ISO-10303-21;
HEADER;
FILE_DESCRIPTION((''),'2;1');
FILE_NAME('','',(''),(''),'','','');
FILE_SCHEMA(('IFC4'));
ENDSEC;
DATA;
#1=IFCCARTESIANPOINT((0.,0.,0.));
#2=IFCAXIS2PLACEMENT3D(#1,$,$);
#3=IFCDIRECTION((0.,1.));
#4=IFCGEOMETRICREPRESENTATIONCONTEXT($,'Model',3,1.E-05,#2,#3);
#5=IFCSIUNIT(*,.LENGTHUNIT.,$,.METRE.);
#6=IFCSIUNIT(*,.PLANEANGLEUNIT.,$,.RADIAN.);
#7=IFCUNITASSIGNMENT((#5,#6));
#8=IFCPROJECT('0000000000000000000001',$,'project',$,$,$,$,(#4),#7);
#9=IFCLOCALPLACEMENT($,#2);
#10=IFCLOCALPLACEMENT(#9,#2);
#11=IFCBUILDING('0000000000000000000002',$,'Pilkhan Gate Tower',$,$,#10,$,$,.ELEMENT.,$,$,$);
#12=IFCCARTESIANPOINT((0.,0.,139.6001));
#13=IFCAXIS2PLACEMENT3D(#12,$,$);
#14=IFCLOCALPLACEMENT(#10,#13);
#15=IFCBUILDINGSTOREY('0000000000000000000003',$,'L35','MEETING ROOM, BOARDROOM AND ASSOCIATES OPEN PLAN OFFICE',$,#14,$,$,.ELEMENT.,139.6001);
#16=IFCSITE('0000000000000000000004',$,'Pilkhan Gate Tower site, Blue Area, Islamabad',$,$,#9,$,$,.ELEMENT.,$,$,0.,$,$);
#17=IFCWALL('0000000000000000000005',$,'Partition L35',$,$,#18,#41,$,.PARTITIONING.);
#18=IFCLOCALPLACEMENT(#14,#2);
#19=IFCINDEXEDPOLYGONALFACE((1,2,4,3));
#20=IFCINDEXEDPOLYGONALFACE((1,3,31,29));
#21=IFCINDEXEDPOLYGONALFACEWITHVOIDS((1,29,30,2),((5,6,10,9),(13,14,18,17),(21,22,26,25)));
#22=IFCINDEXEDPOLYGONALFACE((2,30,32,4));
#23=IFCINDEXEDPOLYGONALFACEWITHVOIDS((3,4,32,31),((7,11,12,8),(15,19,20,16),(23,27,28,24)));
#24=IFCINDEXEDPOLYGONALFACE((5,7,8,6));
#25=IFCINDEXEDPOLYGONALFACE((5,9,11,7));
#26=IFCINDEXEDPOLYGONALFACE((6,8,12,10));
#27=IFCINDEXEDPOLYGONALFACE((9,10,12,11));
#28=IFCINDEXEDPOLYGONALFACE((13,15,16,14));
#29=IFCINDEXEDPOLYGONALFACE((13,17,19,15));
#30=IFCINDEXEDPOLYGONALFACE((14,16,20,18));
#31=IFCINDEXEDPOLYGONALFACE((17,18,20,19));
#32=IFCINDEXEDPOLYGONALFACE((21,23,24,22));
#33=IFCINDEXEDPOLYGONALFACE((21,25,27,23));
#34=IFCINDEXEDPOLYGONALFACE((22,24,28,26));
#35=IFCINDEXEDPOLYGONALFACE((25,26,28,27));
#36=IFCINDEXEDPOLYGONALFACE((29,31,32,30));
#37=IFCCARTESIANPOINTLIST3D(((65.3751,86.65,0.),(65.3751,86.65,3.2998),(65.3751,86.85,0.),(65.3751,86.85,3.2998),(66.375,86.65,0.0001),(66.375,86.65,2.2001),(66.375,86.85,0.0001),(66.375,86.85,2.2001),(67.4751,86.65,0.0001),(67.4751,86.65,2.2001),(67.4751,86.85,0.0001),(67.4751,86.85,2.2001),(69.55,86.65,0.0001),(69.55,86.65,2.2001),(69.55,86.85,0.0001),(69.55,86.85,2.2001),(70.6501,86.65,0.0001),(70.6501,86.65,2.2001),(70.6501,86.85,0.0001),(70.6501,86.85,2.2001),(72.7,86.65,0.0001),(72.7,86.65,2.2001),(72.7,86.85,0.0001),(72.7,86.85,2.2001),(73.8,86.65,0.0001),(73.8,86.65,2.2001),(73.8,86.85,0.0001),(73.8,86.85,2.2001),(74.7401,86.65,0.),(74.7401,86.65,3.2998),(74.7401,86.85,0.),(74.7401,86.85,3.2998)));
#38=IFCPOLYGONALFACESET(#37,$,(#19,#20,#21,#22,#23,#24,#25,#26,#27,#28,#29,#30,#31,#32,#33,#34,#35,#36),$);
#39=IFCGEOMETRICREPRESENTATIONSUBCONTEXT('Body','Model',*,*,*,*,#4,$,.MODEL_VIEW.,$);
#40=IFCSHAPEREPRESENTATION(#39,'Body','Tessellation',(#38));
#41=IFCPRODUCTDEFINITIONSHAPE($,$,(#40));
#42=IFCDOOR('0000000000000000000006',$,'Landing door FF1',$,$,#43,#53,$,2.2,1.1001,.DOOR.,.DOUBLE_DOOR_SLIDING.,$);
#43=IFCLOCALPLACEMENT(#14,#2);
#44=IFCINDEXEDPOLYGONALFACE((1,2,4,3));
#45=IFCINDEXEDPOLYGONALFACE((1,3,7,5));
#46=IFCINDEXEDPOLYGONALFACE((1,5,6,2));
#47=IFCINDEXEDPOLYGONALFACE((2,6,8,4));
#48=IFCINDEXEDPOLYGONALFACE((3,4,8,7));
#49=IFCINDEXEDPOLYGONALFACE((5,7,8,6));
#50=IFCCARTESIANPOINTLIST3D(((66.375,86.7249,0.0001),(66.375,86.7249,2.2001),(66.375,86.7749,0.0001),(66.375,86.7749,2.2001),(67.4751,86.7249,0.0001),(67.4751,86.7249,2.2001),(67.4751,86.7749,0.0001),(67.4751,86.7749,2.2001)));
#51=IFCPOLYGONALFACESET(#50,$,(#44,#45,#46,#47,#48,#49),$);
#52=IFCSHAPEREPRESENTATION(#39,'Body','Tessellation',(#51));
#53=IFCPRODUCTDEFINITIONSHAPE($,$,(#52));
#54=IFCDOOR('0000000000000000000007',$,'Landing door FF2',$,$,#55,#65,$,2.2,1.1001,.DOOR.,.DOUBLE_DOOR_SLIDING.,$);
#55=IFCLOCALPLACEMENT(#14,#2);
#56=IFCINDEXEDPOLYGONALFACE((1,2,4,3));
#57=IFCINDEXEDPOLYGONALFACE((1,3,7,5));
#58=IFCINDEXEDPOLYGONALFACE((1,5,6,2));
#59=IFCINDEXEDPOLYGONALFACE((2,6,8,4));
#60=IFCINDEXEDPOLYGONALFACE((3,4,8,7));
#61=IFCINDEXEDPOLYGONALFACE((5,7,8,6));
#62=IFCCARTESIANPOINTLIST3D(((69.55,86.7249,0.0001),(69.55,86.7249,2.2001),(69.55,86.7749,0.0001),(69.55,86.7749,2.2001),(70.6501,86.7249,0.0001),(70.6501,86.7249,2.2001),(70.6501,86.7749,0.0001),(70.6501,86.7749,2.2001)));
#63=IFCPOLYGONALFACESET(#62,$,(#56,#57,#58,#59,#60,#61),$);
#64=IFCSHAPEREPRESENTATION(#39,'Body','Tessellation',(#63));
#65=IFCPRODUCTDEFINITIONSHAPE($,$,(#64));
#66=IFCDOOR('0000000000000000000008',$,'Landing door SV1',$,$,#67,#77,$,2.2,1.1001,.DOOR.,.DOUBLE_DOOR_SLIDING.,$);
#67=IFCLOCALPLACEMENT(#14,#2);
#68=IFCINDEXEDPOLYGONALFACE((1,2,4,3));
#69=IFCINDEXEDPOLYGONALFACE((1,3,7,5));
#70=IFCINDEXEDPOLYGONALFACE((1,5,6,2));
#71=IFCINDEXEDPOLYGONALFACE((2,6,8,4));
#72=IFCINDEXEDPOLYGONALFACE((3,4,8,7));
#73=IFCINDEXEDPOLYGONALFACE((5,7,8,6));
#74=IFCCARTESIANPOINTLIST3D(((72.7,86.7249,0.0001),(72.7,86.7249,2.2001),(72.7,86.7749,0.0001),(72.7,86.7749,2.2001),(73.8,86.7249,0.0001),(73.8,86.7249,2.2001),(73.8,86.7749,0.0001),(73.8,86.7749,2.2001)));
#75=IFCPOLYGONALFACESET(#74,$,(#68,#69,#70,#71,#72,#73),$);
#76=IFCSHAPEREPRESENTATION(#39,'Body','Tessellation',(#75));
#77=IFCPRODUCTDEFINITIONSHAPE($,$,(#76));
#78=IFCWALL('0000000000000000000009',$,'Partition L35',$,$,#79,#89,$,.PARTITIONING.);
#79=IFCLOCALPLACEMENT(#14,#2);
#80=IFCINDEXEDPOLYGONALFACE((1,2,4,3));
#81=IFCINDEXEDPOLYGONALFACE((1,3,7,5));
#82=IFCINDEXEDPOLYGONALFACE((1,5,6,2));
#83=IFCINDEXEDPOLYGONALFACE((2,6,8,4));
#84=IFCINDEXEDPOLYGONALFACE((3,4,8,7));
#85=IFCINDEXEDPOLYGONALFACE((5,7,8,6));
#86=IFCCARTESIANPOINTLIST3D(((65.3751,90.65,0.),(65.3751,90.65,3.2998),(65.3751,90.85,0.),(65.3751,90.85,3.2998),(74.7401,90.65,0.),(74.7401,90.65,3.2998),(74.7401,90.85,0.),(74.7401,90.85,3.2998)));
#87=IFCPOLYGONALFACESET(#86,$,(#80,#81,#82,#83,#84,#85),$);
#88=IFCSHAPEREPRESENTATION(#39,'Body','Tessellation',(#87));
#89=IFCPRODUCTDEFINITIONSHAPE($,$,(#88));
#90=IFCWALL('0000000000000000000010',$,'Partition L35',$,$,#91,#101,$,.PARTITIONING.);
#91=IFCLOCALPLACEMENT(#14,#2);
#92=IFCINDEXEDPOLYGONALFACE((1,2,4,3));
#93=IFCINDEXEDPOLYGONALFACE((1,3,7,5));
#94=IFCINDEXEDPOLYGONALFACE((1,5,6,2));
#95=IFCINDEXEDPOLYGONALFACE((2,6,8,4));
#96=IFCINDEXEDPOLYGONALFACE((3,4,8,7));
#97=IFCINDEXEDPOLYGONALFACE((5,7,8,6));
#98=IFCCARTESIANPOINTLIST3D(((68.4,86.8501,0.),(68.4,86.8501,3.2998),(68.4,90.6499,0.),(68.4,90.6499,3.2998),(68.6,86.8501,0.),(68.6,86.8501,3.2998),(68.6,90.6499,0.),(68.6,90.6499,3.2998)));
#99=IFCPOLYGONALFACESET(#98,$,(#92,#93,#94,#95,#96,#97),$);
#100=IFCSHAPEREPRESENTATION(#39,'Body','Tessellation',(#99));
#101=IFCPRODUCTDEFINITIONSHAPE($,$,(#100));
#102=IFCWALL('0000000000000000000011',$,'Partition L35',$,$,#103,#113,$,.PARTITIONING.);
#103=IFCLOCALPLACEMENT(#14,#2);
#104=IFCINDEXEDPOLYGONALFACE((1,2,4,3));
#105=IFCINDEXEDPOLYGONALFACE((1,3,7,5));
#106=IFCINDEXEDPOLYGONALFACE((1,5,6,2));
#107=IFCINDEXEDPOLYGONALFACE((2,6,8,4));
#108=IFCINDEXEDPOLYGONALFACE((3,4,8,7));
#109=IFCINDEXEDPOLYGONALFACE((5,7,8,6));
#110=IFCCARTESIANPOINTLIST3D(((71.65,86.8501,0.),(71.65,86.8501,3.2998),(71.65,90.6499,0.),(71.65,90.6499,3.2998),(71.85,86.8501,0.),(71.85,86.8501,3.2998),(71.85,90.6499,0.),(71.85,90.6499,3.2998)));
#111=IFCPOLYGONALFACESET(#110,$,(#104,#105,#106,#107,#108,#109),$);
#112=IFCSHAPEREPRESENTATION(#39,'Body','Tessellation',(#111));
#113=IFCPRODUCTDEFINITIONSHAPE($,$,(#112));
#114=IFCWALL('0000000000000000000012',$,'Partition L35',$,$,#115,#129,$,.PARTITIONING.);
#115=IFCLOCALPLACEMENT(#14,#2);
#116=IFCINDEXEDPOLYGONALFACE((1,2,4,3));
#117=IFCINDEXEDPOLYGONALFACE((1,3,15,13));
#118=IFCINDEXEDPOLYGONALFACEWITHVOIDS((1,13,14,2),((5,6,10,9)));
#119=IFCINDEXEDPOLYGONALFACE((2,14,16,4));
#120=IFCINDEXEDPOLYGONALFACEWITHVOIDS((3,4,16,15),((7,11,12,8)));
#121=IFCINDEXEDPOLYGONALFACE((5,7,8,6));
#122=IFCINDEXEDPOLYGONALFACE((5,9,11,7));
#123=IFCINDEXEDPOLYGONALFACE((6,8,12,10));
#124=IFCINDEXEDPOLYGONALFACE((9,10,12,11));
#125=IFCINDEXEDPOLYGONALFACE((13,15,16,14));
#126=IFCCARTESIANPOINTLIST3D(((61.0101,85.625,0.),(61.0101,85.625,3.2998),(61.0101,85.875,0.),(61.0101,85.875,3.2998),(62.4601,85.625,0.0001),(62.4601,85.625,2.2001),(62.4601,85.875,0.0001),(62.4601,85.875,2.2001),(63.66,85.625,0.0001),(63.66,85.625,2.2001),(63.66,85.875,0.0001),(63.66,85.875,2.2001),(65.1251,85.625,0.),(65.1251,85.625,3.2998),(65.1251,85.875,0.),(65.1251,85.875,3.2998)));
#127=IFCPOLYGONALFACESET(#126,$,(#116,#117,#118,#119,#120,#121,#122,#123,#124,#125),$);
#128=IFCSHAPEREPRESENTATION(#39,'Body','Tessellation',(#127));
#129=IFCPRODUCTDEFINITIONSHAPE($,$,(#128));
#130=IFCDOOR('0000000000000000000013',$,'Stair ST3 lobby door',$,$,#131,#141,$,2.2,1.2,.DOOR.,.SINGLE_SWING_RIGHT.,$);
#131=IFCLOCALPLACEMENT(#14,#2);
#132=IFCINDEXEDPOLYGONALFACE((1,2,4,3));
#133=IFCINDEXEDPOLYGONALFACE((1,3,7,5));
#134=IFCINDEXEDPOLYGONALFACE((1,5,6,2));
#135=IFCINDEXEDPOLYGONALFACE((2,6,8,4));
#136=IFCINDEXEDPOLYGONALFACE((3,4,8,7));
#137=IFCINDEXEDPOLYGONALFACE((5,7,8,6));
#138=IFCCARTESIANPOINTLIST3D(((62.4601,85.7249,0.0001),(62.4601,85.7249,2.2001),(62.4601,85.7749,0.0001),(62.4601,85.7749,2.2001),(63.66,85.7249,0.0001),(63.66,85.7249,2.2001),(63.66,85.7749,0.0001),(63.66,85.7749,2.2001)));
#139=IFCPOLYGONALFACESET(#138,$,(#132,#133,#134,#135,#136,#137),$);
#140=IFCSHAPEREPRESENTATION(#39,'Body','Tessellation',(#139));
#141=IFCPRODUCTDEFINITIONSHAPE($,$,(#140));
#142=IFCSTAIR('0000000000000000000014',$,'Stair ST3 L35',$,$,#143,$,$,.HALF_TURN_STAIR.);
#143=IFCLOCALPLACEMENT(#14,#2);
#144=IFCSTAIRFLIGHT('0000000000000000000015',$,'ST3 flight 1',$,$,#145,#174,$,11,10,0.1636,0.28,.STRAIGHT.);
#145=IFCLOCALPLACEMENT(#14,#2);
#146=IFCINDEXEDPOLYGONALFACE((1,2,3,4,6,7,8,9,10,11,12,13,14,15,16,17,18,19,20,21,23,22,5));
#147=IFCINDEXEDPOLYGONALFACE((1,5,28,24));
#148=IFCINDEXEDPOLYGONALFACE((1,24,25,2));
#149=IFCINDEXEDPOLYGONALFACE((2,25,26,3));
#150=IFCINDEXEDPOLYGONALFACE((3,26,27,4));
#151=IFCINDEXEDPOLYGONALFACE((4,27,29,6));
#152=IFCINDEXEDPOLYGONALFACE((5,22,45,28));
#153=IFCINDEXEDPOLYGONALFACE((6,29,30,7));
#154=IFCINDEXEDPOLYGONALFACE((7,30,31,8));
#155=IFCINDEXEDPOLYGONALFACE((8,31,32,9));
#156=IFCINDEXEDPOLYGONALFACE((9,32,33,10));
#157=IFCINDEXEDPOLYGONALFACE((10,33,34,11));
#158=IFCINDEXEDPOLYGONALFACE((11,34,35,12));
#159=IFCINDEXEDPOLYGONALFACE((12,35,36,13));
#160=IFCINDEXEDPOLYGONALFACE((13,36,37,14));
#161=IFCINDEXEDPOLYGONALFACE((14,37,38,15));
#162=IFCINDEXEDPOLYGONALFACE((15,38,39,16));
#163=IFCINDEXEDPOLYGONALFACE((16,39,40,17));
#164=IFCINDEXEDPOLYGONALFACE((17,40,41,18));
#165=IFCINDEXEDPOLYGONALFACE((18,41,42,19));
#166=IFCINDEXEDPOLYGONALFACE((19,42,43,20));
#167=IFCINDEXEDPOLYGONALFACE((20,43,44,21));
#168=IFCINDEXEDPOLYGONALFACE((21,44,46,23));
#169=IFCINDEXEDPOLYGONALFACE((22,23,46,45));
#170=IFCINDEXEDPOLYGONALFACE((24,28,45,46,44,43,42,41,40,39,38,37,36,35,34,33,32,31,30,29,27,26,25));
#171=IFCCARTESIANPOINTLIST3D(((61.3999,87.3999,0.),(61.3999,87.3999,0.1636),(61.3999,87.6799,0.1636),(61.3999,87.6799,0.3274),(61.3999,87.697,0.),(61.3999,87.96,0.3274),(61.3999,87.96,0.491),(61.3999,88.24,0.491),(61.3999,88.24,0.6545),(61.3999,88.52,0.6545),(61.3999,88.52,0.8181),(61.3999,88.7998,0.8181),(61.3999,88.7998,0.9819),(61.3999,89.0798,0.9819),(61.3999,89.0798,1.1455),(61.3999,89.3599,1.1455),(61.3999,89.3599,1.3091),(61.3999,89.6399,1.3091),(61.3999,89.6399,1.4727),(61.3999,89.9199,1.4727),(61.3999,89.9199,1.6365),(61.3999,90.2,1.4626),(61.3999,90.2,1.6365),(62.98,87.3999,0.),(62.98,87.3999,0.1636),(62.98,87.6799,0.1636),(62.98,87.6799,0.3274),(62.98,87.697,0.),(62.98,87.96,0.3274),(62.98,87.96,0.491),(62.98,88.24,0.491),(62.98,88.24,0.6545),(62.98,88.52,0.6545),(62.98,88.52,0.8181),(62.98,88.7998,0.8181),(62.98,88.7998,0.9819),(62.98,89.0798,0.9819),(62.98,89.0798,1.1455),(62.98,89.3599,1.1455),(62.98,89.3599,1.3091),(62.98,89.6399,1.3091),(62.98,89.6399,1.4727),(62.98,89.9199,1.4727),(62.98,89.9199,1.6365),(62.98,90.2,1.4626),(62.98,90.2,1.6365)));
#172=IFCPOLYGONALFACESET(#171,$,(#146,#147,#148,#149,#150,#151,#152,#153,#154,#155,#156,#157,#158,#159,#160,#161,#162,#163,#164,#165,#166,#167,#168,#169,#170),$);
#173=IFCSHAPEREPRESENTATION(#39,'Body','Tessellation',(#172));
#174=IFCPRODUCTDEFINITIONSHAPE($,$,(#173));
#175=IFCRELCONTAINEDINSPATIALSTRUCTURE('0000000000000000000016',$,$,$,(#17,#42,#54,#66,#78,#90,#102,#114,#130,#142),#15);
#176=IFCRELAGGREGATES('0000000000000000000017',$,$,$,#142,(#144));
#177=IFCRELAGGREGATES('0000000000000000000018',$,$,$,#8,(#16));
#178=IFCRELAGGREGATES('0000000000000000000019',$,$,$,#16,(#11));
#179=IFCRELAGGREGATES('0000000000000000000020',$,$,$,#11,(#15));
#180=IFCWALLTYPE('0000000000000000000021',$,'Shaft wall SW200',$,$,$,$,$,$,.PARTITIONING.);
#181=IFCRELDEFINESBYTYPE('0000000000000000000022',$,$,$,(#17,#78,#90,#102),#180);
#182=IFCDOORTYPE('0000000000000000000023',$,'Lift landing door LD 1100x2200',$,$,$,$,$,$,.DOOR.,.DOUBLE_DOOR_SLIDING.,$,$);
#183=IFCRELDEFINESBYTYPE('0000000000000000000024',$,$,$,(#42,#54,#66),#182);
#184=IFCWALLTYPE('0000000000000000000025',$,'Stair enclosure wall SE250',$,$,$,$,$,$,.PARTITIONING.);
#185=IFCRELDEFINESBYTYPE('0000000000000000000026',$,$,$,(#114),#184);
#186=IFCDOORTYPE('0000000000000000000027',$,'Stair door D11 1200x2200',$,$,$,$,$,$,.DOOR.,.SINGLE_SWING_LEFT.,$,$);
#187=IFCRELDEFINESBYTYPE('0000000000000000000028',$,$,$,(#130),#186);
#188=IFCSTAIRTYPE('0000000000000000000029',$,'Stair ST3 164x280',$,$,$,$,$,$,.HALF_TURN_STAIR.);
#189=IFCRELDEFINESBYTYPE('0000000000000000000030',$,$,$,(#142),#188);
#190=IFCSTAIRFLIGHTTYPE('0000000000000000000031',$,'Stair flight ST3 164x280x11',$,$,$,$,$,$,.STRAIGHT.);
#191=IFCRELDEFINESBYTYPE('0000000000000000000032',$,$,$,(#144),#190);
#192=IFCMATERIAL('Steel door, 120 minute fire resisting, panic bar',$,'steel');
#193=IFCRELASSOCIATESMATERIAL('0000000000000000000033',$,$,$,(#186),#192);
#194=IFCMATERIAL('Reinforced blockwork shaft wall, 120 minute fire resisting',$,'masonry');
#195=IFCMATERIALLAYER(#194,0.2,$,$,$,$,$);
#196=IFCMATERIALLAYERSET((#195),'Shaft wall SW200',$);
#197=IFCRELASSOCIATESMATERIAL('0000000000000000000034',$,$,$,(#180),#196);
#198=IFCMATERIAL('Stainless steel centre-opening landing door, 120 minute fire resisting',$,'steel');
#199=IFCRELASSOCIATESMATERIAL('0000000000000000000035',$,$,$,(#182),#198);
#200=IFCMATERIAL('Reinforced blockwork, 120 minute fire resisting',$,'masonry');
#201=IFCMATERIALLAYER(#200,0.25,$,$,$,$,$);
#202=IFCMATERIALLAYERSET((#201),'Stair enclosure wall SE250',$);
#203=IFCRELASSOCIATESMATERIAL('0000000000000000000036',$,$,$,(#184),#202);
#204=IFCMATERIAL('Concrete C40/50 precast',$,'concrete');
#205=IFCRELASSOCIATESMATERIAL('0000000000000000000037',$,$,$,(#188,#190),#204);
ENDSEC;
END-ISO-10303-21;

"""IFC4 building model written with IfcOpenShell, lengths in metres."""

from ifc_helpers import new_model, si_unit, direction, frame, frame_2d, origin, place, context, subcontext, project, spatial, polyline, rectangle, outline, extrude, material, layer, layer_set, type_object, element, fill, aggregate, save


model = new_model("IFC4")

# Units and contexts
model_context = context("Model", 3, precision=1e-05, world=origin(), true_north=direction((0.0, 1.0)))
body_context = subcontext(model_context, "Body", "Model", "MODEL_VIEW")
ifc_project = project(units=[si_unit("LENGTHUNIT", "METRE"), si_unit("PLANEANGLEUNIT", "RADIAN")], contexts=[model_context])

# Site, building, storey
site_placement = place(None, origin())
site = spatial("IfcSite", under=ifc_project, at=site_placement, Name="Pilkhan Gate Tower site, Blue Area, Islamabad", CompositionType="ELEMENT", RefElevation=0.0)
building_placement = place(site_placement, origin())
building = spatial("IfcBuilding", under=site, at=building_placement, Name="Pilkhan Gate Tower", CompositionType="ELEMENT")
storey_placement = place(building_placement, frame((0.0, 0.0, 139.6001)))
storey = spatial("IfcBuildingStorey", under=building, at=storey_placement, Name="L35", Description="MEETING ROOM, BOARDROOM AND ASSOCIATES OPEN PLAN OFFICE", CompositionType="ELEMENT", Elevation=139.6001)

# Shared definitions
ifc_material_1 = material(Name="Steel door, 120 minute fire resisting, panic bar", Category="steel")
door_type_1 = type_object("IfcDoorType", Name="Stair door D11 1200x2200", OperationType="SINGLE_SWING_LEFT", PredefinedType="DOOR", material=ifc_material_1)

# Wall, openings, doors
ifc_material_2 = material(Name="Reinforced blockwork shaft wall, 120 minute fire resisting", Category="masonry")
ifc_layer_1 = layer(ifc_material_2, 0.2)
ifc_layer_set_1 = layer_set([ifc_layer_1], Name="Shaft wall SW200")
wall_type_1 = type_object("IfcWallType", Name="Shaft wall SW200", PredefinedType="PARTITIONING", material=ifc_layer_set_1)
wall_1_placement = place(storey_placement, frame((65.375, 86.75, 0.0), z_axis=(0.0, 0.0, 1.0), x_axis=(1.0, 0.0, 0.0)))
wall_1 = element("IfcWall", 1, at=wall_1_placement, inside=storey, type_object=wall_type_1, Name="Partition L35", PredefinedType="PARTITIONING", context=body_context, shape_type="SweptSolid", body=[
    extrude(rectangle(XDim=9.365, YDim=0.2, at=frame_2d((4.6826, 0.0))), origin(), (0.0, 0.0, 1.0), 3.2998),
])
opening_1_placement = place(wall_1_placement, frame((1.0, 0.0, 0.0)))
opening_1 = element("IfcOpeningElement", 2, at=opening_1_placement, cuts=wall_1, PredefinedType="OPENING", context=body_context, shape_type="SweptSolid", body=[
    extrude(rectangle(XDim=1.1001, YDim=2.2, at=frame_2d((0.55, 1.1001))), frame((0.0, 0.1099, 0.0), z_axis=(0.0, -1.0, 0.0), x_axis=(1.0, 0.0, 0.0)), (0.0, 0.0, 1.0), 0.22),
])
opening_2_placement = place(wall_1_placement, frame((4.175, 0.0, 0.0)))
opening_2 = element("IfcOpeningElement", 3, at=opening_2_placement, cuts=wall_1, PredefinedType="OPENING", context=body_context, shape_type="SweptSolid", body=[
    extrude(rectangle(XDim=1.1001, YDim=2.2, at=frame_2d((0.55, 1.1001))), frame((0.0, 0.1099, 0.0), z_axis=(0.0, -1.0, 0.0), x_axis=(1.0, 0.0, 0.0)), (0.0, 0.0, 1.0), 0.22),
])
opening_3_placement = place(wall_1_placement, frame((7.325, 0.0, 0.0)))
opening_3 = element("IfcOpeningElement", 4, at=opening_3_placement, cuts=wall_1, PredefinedType="OPENING", context=body_context, shape_type="SweptSolid", body=[
    extrude(rectangle(XDim=1.1001, YDim=2.2, at=frame_2d((0.55, 1.1001))), frame((0.0, 0.1099, 0.0), z_axis=(0.0, -1.0, 0.0), x_axis=(1.0, 0.0, 0.0)), (0.0, 0.0, 1.0), 0.22),
])
ifc_material_3 = material(Name="Stainless steel centre-opening landing door, 120 minute fire resisting", Category="steel")
door_type_2 = type_object("IfcDoorType", Name="Lift landing door LD 1100x2200", OperationType="DOUBLE_DOOR_SLIDING", PredefinedType="DOOR", material=ifc_material_3)
door_1_placement = place(opening_1_placement, origin())
door_1 = element("IfcDoor", 5, at=door_1_placement, inside=storey, type_object=door_type_2, Name="Landing door FF1", OperationType="DOUBLE_DOOR_SLIDING", OverallHeight=2.2, OverallWidth=1.1001, PredefinedType="DOOR", context=body_context, shape_type="SweptSolid", body=[
    extrude(rectangle(XDim=1.1001, YDim=2.2, at=frame_2d((0.55, 1.1001))), frame((0.0, 0.0249, 0.0), z_axis=(0.0, -1.0, 0.0), x_axis=(1.0, 0.0, 0.0)), (0.0, 0.0, 1.0), 0.05),
])
fill(opening_1, door_1)
door_2_placement = place(opening_2_placement, origin())
door_2 = element("IfcDoor", 6, at=door_2_placement, inside=storey, type_object=door_type_2, Name="Landing door FF2", OperationType="DOUBLE_DOOR_SLIDING", OverallHeight=2.2, OverallWidth=1.1001, PredefinedType="DOOR", context=body_context, shape_type="SweptSolid", body=[
    extrude(rectangle(XDim=1.1001, YDim=2.2, at=frame_2d((0.55, 1.1001))), frame((0.0, 0.0249, 0.0), z_axis=(0.0, -1.0, 0.0), x_axis=(1.0, 0.0, 0.0)), (0.0, 0.0, 1.0), 0.05),
])
fill(opening_2, door_2)
door_3_placement = place(opening_3_placement, origin())
door_3 = element("IfcDoor", 7, at=door_3_placement, inside=storey, type_object=door_type_2, Name="Landing door SV1", OperationType="DOUBLE_DOOR_SLIDING", OverallHeight=2.2, OverallWidth=1.1001, PredefinedType="DOOR", context=body_context, shape_type="SweptSolid", body=[
    extrude(rectangle(XDim=1.1001, YDim=2.2, at=frame_2d((0.55, 1.1001))), frame((0.0, 0.0249, 0.0), z_axis=(0.0, -1.0, 0.0), x_axis=(1.0, 0.0, 0.0)), (0.0, 0.0, 1.0), 0.05),
])
fill(opening_3, door_3)

# Walls
wall_2_placement = place(storey_placement, frame((65.375, 90.75, 0.0), z_axis=(0.0, 0.0, 1.0), x_axis=(1.0, 0.0, 0.0)))
element("IfcWall", 8, at=wall_2_placement, inside=storey, type_object=wall_type_1, Name="Partition L35", PredefinedType="PARTITIONING", context=body_context, shape_type="SweptSolid", body=[
    extrude(rectangle(XDim=9.365, YDim=0.2, at=frame_2d((4.6826, 0.0))), origin(), (0.0, 0.0, 1.0), 3.2998),
])
for number, where, z_axis, x_axis, name in (
    (9, (68.5, 86.8501, 0.0), (0.0, 0.0, 1.0), (0.0, 1.0, 0.0), "Partition L35"),
    (10, (71.75, 86.8501, 0.0), (0.0, 0.0, 1.0), (0.0, 1.0, 0.0), "Partition L35"),
):
    element("IfcWall", number, at=place(storey_placement, frame(where, z_axis=z_axis, x_axis=x_axis)), inside=storey, type_object=wall_type_1, Name=name, PredefinedType="PARTITIONING", context=body_context, shape_type="SweptSolid", body=[
        extrude(rectangle(XDim=3.7998, YDim=0.2, at=frame_2d((1.8999, 0.0))), origin(), (0.0, 0.0, 1.0), 3.2998),
    ])

# Wall, opening, door
ifc_material_4 = material(Name="Reinforced blockwork, 120 minute fire resisting", Category="masonry")
ifc_layer_2 = layer(ifc_material_4, 0.25)
ifc_layer_set_2 = layer_set([ifc_layer_2], Name="Stair enclosure wall SE250")
wall_type_2 = type_object("IfcWallType", Name="Stair enclosure wall SE250", PredefinedType="PARTITIONING", material=ifc_layer_set_2)
wall_3_placement = place(storey_placement, frame((61.01, 85.75, 0.0), z_axis=(0.0, 0.0, 1.0), x_axis=(1.0, 0.0, 0.0)))
wall_3 = element("IfcWall", 11, at=wall_3_placement, inside=storey, type_object=wall_type_2, Name="Partition L35", PredefinedType="PARTITIONING", context=body_context, shape_type="SweptSolid", body=[
    extrude(rectangle(XDim=4.115, YDim=0.25, at=frame_2d((2.0576, 0.0))), origin(), (0.0, 0.0, 1.0), 3.2998),
])
opening_4_placement = place(wall_3_placement, frame((1.45, 0.0, 0.0)))
opening_4 = element("IfcOpeningElement", 12, at=opening_4_placement, cuts=wall_3, PredefinedType="OPENING", context=body_context, shape_type="SweptSolid", body=[
    extrude(rectangle(XDim=1.2, YDim=2.2, at=frame_2d((0.6001, 1.1001))), frame((0.0, 0.135, 0.0), z_axis=(0.0, -1.0, 0.0), x_axis=(1.0, 0.0, 0.0)), (0.0, 0.0, 1.0), 0.27),
])
door_4_placement = place(opening_4_placement, origin())
door_4 = element("IfcDoor", 13, at=door_4_placement, inside=storey, type_object=door_type_1, Name="Stair ST3 lobby door", OperationType="SINGLE_SWING_RIGHT", OverallHeight=2.2, OverallWidth=1.2, PredefinedType="DOOR", context=body_context, shape_type="SweptSolid", body=[
    extrude(rectangle(XDim=1.2, YDim=2.2, at=frame_2d((0.6001, 1.1001))), frame((0.0, 0.0249, 0.0), z_axis=(0.0, -1.0, 0.0), x_axis=(1.0, 0.0, 0.0)), (0.0, 0.0, 1.0), 0.05),
])
fill(opening_4, door_4)

# Stair, stair flight
ifc_material_5 = material(Name="Concrete C40/50 precast", Category="concrete")
stair_type = type_object("IfcStairType", Name="Stair ST3 164x280", PredefinedType="HALF_TURN_STAIR", material=ifc_material_5)
stair_placement = place(storey_placement, origin())
stair = element("IfcStair", 14, at=stair_placement, inside=storey, type_object=stair_type, Name="Stair ST3 L35", PredefinedType="HALF_TURN_STAIR")
stair_flight_type = type_object("IfcStairFlightType", Name="Stair flight ST3 164x280x11", PredefinedType="STRAIGHT", material=ifc_material_5)
stair_flight_1_placement = place(storey_placement, frame((62.1899, 87.3999, 0.0), z_axis=(0.0, 0.0, 1.0), x_axis=(0.0, 1.0, 0.0)))
stair_flight_1 = element("IfcStairFlight", 15, at=stair_flight_1_placement, type_object=stair_flight_type, Name="ST3 flight 1", NumberOfRisers=11, NumberOfTreads=10, PredefinedType="STRAIGHT", RiserHeight=0.1636, TreadLength=0.28, context=body_context, shape_type="SweptSolid", body=[
    extrude(outline(polyline([(0.0, 0.0), (0.0, 0.1636), (0.28, 0.1636), (0.28, 0.3274), (0.5601, 0.3274), (0.5601, 0.491), (0.8401, 0.491), (0.8401, 0.6545), (1.1201, 0.6545), (1.1201, 0.8181), (1.3999, 0.8181), (1.3999, 0.9819), (1.6799, 0.9819), (1.6799, 1.1455), (1.96, 1.1455), (1.96, 1.3091), (2.24, 1.3091), (2.24, 1.4727), (2.52, 1.4727), (2.52, 1.6365), (2.8, 1.6365), (2.8, 1.8), (2.8, 1.4626), (0.2971, 0.0), (0.0, 0.0)])), frame((0.0, 0.79, 0.0), z_axis=(0.0, -1.0, 0.0), x_axis=(1.0, 0.0, 0.0)), (0.0, 0.0, 1.0), 1.5801),
])
aggregate(stair, [stair_flight_1])

save(model, "model.ifc")
